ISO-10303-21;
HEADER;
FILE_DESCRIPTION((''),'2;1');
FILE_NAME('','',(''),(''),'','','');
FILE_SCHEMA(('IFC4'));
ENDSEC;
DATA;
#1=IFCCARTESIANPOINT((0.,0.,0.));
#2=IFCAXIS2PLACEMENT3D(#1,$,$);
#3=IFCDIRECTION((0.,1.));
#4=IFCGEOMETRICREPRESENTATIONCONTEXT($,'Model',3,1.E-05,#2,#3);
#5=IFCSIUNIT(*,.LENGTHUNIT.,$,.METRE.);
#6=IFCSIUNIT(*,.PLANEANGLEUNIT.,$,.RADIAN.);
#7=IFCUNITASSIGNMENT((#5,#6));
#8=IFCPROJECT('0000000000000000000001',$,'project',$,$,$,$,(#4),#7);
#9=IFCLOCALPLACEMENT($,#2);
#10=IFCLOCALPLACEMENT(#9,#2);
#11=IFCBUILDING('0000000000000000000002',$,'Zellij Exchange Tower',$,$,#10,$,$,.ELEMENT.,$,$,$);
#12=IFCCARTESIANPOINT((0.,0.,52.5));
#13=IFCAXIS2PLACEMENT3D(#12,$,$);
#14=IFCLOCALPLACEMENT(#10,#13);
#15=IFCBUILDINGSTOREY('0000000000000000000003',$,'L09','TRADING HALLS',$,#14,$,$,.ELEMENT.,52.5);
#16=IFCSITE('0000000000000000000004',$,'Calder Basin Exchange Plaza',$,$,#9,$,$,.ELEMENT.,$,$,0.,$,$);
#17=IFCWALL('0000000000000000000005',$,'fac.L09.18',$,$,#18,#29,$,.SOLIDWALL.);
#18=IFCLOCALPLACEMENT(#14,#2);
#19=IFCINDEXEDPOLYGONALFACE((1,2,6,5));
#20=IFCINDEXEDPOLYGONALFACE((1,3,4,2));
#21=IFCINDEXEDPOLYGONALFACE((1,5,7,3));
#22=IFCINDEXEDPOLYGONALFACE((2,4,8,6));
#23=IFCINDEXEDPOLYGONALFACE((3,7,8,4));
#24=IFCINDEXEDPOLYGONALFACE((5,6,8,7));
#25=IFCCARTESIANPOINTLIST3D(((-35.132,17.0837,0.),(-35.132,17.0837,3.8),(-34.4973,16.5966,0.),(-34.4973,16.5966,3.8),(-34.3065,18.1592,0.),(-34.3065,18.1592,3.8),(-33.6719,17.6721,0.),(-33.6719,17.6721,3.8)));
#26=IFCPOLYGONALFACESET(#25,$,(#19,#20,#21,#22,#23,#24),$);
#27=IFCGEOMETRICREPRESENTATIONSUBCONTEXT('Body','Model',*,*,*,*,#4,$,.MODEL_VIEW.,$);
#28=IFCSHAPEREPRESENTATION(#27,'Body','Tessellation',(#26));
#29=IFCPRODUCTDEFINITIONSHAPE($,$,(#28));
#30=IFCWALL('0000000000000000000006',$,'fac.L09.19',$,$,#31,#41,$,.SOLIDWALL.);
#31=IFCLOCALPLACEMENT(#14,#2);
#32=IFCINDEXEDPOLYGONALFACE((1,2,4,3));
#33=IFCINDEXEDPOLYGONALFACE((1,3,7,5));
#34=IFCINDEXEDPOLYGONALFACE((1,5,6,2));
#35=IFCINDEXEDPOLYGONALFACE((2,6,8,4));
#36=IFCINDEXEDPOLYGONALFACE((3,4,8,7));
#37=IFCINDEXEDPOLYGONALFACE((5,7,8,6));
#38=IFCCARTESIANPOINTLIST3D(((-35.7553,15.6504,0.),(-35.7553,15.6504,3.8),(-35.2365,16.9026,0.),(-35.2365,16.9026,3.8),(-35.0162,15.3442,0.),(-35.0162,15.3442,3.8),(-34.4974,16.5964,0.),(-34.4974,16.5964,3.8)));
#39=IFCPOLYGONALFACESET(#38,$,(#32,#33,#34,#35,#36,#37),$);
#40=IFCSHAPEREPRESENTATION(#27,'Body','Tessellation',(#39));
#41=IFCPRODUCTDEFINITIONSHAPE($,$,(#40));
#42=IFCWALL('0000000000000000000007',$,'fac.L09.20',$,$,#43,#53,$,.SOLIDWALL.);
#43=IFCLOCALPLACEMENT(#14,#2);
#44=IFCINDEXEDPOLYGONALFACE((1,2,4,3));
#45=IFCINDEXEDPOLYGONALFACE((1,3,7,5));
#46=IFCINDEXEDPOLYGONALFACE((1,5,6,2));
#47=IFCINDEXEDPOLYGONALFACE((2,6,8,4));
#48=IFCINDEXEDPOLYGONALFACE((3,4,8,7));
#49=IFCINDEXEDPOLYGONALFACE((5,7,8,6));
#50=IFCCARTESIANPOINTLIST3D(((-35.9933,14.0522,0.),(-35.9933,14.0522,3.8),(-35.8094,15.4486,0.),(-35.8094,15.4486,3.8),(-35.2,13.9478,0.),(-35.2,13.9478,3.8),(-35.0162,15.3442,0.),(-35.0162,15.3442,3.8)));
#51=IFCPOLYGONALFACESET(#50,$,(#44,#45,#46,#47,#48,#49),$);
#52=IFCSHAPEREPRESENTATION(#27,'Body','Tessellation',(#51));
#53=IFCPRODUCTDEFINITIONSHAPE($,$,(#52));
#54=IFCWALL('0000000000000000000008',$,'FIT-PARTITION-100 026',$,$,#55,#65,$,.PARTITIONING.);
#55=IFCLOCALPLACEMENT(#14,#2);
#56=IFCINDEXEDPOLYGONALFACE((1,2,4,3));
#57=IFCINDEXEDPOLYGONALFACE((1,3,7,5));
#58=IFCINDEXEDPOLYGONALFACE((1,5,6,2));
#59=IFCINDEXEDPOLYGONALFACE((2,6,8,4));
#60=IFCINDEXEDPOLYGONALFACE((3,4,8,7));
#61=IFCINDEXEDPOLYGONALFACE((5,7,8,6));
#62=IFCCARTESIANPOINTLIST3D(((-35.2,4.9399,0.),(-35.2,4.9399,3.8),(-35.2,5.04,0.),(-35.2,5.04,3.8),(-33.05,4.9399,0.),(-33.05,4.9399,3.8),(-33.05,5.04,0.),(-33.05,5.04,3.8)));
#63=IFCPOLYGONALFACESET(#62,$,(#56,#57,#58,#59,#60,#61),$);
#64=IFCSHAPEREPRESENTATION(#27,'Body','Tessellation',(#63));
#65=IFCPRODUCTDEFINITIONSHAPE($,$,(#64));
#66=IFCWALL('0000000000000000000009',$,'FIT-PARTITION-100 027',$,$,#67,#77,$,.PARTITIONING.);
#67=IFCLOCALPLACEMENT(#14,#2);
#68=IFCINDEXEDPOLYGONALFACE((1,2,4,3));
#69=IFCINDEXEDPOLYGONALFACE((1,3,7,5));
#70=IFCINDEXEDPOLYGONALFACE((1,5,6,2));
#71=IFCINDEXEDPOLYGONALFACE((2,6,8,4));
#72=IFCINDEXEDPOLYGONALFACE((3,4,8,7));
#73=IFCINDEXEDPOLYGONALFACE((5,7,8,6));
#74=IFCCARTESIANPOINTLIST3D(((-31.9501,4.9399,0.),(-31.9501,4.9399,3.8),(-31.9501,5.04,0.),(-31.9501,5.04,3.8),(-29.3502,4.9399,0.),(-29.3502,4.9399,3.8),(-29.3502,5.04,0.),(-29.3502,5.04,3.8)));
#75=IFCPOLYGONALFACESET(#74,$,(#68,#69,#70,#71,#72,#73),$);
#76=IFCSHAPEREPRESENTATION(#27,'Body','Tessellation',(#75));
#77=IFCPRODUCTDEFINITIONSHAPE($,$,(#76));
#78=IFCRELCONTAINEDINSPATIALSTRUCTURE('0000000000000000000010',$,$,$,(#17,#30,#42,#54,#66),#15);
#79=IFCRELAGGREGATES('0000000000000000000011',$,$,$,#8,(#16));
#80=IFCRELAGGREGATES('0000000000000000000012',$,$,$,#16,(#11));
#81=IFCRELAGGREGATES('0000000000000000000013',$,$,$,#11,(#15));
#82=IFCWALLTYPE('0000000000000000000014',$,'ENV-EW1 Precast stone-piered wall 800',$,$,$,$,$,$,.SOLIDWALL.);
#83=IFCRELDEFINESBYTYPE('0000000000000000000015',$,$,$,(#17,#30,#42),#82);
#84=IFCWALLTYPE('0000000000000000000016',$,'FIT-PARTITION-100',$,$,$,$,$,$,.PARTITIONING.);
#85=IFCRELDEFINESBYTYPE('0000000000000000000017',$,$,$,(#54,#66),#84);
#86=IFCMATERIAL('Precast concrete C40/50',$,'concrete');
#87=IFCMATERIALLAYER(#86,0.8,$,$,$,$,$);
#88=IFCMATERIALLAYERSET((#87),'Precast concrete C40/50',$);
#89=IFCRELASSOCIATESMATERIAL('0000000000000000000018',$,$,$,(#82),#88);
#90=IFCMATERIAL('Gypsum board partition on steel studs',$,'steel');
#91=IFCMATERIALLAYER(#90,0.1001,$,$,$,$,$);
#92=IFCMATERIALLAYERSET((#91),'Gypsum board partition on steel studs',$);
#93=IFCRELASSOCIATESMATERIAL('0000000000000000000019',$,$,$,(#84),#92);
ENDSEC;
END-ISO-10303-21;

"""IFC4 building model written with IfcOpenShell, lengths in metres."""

from ifc_helpers import new_model, si_unit, direction, frame, frame_2d, origin, place, context, subcontext, project, spatial, rectangle, extrude, material, layer, layer_set, type_object, element, save


model = new_model("IFC4")

# Units and contexts
model_context = context("Model", 3, precision=1e-05, world=origin(), true_north=direction((0.0, 1.0)))
body_context = subcontext(model_context, "Body", "Model", "MODEL_VIEW")
ifc_project = project(units=[si_unit("LENGTHUNIT", "METRE"), si_unit("PLANEANGLEUNIT", "RADIAN")], contexts=[model_context])

# Site, building, storey
site_placement = place(None, origin())
site = spatial("IfcSite", under=ifc_project, at=site_placement, Name="Calder Basin Exchange Plaza", CompositionType="ELEMENT", RefElevation=0.0)
building_placement = place(site_placement, origin())
building = spatial("IfcBuilding", under=site, at=building_placement, Name="Zellij Exchange Tower", CompositionType="ELEMENT")
storey_placement = place(building_placement, frame((0.0, 0.0, 52.5)))
storey = spatial("IfcBuildingStorey", under=building, at=storey_placement, Name="L09", Description="TRADING HALLS", CompositionType="ELEMENT", Elevation=52.5)

# Walls
ifc_material_1 = material(Name="Precast concrete C40/50", Category="concrete")
ifc_layer_1 = layer(ifc_material_1, 0.8)
ifc_layer_set_1 = layer_set([ifc_layer_1], Name="Precast concrete C40/50")
wall_type_1 = type_object("IfcWallType", Name="ENV-EW1 Precast stone-piered wall 800", PredefinedType="SOLIDWALL", material=ifc_layer_set_1)
wall_1_placement = place(storey_placement, frame((-33.9893, 17.9155, 0.0), z_axis=(0.0, 0.0, 1.0), x_axis=(-0.608866, -0.793273, 0.0)))
element("IfcWall", 1, at=wall_1_placement, inside=storey, type_object=wall_type_1, Name="fac.L09.18", PredefinedType="SOLIDWALL", context=body_context, shape_type="SweptSolid", body=[
    extrude(rectangle(XDim=1.3557, YDim=0.8, at=frame_2d((0.6777, 0.0))), origin(), (0.0, 0.0, 1.0), 3.8),
])
wall_2_placement = place(storey_placement, frame((-34.8669, 16.7495, 0.0), z_axis=(0.0, 0.0, 1.0), x_axis=(-0.38276, -0.923848, 0.0)))
element("IfcWall", 2, at=wall_2_placement, inside=storey, type_object=wall_type_1, Name="fac.L09.19", PredefinedType="SOLIDWALL", context=body_context, shape_type="SweptSolid", body=[
    extrude(rectangle(XDim=1.3555, YDim=0.8, at=frame_2d((0.6777, 0.0))), origin(), (0.0, 0.0, 1.0), 3.8),
])
wall_3_placement = place(storey_placement, frame((-35.4128, 15.3962, 0.0), z_axis=(0.0, 0.0, 1.0), x_axis=(-0.130517, -0.991446, 0.0)))
element("IfcWall", 3, at=wall_3_placement, inside=storey, type_object=wall_type_1, Name="fac.L09.20", PredefinedType="SOLIDWALL", context=body_context, shape_type="SweptSolid", body=[
    extrude(rectangle(XDim=1.4084, YDim=0.8, at=frame_2d((0.7041, 0.0))), origin(), (0.0, 0.0, 1.0), 3.8),
])

# Walls
ifc_material_2 = material(Name="Gypsum board partition on steel studs", Category="steel")
ifc_layer_2 = layer(ifc_material_2, 0.1001)
ifc_layer_set_2 = layer_set([ifc_layer_2], Name="Gypsum board partition on steel studs")
wall_type_2 = type_object("IfcWallType", Name="FIT-PARTITION-100", PredefinedType="PARTITIONING", material=ifc_layer_set_2)
wall_4_placement = place(storey_placement, frame((-35.2, 4.99, 0.0), z_axis=(0.0, 0.0, 1.0), x_axis=(1.0, 0.0, 0.0)))
element("IfcWall", 4, at=wall_4_placement, inside=storey, type_object=wall_type_2, Name="FIT-PARTITION-100 026", PredefinedType="PARTITIONING", context=body_context, shape_type="SweptSolid", body=[
    extrude(rectangle(XDim=2.1499, YDim=0.1001, at=frame_2d((1.075, 0.0))), origin(), (0.0, 0.0, 1.0), 3.8),
])
wall_5_placement = place(storey_placement, frame((-31.95, 4.99, 0.0), z_axis=(0.0, 0.0, 1.0), x_axis=(1.0, 0.0, 0.0)))
element("IfcWall", 5, at=wall_5_placement, inside=storey, type_object=wall_type_2, Name="FIT-PARTITION-100 027", PredefinedType="PARTITIONING", context=body_context, shape_type="SweptSolid", body=[
    extrude(rectangle(XDim=2.5999, YDim=0.1001, at=frame_2d((1.2998, 0.0))), origin(), (0.0, 0.0, 1.0), 3.8),
])

save(model, "model.ifc")
